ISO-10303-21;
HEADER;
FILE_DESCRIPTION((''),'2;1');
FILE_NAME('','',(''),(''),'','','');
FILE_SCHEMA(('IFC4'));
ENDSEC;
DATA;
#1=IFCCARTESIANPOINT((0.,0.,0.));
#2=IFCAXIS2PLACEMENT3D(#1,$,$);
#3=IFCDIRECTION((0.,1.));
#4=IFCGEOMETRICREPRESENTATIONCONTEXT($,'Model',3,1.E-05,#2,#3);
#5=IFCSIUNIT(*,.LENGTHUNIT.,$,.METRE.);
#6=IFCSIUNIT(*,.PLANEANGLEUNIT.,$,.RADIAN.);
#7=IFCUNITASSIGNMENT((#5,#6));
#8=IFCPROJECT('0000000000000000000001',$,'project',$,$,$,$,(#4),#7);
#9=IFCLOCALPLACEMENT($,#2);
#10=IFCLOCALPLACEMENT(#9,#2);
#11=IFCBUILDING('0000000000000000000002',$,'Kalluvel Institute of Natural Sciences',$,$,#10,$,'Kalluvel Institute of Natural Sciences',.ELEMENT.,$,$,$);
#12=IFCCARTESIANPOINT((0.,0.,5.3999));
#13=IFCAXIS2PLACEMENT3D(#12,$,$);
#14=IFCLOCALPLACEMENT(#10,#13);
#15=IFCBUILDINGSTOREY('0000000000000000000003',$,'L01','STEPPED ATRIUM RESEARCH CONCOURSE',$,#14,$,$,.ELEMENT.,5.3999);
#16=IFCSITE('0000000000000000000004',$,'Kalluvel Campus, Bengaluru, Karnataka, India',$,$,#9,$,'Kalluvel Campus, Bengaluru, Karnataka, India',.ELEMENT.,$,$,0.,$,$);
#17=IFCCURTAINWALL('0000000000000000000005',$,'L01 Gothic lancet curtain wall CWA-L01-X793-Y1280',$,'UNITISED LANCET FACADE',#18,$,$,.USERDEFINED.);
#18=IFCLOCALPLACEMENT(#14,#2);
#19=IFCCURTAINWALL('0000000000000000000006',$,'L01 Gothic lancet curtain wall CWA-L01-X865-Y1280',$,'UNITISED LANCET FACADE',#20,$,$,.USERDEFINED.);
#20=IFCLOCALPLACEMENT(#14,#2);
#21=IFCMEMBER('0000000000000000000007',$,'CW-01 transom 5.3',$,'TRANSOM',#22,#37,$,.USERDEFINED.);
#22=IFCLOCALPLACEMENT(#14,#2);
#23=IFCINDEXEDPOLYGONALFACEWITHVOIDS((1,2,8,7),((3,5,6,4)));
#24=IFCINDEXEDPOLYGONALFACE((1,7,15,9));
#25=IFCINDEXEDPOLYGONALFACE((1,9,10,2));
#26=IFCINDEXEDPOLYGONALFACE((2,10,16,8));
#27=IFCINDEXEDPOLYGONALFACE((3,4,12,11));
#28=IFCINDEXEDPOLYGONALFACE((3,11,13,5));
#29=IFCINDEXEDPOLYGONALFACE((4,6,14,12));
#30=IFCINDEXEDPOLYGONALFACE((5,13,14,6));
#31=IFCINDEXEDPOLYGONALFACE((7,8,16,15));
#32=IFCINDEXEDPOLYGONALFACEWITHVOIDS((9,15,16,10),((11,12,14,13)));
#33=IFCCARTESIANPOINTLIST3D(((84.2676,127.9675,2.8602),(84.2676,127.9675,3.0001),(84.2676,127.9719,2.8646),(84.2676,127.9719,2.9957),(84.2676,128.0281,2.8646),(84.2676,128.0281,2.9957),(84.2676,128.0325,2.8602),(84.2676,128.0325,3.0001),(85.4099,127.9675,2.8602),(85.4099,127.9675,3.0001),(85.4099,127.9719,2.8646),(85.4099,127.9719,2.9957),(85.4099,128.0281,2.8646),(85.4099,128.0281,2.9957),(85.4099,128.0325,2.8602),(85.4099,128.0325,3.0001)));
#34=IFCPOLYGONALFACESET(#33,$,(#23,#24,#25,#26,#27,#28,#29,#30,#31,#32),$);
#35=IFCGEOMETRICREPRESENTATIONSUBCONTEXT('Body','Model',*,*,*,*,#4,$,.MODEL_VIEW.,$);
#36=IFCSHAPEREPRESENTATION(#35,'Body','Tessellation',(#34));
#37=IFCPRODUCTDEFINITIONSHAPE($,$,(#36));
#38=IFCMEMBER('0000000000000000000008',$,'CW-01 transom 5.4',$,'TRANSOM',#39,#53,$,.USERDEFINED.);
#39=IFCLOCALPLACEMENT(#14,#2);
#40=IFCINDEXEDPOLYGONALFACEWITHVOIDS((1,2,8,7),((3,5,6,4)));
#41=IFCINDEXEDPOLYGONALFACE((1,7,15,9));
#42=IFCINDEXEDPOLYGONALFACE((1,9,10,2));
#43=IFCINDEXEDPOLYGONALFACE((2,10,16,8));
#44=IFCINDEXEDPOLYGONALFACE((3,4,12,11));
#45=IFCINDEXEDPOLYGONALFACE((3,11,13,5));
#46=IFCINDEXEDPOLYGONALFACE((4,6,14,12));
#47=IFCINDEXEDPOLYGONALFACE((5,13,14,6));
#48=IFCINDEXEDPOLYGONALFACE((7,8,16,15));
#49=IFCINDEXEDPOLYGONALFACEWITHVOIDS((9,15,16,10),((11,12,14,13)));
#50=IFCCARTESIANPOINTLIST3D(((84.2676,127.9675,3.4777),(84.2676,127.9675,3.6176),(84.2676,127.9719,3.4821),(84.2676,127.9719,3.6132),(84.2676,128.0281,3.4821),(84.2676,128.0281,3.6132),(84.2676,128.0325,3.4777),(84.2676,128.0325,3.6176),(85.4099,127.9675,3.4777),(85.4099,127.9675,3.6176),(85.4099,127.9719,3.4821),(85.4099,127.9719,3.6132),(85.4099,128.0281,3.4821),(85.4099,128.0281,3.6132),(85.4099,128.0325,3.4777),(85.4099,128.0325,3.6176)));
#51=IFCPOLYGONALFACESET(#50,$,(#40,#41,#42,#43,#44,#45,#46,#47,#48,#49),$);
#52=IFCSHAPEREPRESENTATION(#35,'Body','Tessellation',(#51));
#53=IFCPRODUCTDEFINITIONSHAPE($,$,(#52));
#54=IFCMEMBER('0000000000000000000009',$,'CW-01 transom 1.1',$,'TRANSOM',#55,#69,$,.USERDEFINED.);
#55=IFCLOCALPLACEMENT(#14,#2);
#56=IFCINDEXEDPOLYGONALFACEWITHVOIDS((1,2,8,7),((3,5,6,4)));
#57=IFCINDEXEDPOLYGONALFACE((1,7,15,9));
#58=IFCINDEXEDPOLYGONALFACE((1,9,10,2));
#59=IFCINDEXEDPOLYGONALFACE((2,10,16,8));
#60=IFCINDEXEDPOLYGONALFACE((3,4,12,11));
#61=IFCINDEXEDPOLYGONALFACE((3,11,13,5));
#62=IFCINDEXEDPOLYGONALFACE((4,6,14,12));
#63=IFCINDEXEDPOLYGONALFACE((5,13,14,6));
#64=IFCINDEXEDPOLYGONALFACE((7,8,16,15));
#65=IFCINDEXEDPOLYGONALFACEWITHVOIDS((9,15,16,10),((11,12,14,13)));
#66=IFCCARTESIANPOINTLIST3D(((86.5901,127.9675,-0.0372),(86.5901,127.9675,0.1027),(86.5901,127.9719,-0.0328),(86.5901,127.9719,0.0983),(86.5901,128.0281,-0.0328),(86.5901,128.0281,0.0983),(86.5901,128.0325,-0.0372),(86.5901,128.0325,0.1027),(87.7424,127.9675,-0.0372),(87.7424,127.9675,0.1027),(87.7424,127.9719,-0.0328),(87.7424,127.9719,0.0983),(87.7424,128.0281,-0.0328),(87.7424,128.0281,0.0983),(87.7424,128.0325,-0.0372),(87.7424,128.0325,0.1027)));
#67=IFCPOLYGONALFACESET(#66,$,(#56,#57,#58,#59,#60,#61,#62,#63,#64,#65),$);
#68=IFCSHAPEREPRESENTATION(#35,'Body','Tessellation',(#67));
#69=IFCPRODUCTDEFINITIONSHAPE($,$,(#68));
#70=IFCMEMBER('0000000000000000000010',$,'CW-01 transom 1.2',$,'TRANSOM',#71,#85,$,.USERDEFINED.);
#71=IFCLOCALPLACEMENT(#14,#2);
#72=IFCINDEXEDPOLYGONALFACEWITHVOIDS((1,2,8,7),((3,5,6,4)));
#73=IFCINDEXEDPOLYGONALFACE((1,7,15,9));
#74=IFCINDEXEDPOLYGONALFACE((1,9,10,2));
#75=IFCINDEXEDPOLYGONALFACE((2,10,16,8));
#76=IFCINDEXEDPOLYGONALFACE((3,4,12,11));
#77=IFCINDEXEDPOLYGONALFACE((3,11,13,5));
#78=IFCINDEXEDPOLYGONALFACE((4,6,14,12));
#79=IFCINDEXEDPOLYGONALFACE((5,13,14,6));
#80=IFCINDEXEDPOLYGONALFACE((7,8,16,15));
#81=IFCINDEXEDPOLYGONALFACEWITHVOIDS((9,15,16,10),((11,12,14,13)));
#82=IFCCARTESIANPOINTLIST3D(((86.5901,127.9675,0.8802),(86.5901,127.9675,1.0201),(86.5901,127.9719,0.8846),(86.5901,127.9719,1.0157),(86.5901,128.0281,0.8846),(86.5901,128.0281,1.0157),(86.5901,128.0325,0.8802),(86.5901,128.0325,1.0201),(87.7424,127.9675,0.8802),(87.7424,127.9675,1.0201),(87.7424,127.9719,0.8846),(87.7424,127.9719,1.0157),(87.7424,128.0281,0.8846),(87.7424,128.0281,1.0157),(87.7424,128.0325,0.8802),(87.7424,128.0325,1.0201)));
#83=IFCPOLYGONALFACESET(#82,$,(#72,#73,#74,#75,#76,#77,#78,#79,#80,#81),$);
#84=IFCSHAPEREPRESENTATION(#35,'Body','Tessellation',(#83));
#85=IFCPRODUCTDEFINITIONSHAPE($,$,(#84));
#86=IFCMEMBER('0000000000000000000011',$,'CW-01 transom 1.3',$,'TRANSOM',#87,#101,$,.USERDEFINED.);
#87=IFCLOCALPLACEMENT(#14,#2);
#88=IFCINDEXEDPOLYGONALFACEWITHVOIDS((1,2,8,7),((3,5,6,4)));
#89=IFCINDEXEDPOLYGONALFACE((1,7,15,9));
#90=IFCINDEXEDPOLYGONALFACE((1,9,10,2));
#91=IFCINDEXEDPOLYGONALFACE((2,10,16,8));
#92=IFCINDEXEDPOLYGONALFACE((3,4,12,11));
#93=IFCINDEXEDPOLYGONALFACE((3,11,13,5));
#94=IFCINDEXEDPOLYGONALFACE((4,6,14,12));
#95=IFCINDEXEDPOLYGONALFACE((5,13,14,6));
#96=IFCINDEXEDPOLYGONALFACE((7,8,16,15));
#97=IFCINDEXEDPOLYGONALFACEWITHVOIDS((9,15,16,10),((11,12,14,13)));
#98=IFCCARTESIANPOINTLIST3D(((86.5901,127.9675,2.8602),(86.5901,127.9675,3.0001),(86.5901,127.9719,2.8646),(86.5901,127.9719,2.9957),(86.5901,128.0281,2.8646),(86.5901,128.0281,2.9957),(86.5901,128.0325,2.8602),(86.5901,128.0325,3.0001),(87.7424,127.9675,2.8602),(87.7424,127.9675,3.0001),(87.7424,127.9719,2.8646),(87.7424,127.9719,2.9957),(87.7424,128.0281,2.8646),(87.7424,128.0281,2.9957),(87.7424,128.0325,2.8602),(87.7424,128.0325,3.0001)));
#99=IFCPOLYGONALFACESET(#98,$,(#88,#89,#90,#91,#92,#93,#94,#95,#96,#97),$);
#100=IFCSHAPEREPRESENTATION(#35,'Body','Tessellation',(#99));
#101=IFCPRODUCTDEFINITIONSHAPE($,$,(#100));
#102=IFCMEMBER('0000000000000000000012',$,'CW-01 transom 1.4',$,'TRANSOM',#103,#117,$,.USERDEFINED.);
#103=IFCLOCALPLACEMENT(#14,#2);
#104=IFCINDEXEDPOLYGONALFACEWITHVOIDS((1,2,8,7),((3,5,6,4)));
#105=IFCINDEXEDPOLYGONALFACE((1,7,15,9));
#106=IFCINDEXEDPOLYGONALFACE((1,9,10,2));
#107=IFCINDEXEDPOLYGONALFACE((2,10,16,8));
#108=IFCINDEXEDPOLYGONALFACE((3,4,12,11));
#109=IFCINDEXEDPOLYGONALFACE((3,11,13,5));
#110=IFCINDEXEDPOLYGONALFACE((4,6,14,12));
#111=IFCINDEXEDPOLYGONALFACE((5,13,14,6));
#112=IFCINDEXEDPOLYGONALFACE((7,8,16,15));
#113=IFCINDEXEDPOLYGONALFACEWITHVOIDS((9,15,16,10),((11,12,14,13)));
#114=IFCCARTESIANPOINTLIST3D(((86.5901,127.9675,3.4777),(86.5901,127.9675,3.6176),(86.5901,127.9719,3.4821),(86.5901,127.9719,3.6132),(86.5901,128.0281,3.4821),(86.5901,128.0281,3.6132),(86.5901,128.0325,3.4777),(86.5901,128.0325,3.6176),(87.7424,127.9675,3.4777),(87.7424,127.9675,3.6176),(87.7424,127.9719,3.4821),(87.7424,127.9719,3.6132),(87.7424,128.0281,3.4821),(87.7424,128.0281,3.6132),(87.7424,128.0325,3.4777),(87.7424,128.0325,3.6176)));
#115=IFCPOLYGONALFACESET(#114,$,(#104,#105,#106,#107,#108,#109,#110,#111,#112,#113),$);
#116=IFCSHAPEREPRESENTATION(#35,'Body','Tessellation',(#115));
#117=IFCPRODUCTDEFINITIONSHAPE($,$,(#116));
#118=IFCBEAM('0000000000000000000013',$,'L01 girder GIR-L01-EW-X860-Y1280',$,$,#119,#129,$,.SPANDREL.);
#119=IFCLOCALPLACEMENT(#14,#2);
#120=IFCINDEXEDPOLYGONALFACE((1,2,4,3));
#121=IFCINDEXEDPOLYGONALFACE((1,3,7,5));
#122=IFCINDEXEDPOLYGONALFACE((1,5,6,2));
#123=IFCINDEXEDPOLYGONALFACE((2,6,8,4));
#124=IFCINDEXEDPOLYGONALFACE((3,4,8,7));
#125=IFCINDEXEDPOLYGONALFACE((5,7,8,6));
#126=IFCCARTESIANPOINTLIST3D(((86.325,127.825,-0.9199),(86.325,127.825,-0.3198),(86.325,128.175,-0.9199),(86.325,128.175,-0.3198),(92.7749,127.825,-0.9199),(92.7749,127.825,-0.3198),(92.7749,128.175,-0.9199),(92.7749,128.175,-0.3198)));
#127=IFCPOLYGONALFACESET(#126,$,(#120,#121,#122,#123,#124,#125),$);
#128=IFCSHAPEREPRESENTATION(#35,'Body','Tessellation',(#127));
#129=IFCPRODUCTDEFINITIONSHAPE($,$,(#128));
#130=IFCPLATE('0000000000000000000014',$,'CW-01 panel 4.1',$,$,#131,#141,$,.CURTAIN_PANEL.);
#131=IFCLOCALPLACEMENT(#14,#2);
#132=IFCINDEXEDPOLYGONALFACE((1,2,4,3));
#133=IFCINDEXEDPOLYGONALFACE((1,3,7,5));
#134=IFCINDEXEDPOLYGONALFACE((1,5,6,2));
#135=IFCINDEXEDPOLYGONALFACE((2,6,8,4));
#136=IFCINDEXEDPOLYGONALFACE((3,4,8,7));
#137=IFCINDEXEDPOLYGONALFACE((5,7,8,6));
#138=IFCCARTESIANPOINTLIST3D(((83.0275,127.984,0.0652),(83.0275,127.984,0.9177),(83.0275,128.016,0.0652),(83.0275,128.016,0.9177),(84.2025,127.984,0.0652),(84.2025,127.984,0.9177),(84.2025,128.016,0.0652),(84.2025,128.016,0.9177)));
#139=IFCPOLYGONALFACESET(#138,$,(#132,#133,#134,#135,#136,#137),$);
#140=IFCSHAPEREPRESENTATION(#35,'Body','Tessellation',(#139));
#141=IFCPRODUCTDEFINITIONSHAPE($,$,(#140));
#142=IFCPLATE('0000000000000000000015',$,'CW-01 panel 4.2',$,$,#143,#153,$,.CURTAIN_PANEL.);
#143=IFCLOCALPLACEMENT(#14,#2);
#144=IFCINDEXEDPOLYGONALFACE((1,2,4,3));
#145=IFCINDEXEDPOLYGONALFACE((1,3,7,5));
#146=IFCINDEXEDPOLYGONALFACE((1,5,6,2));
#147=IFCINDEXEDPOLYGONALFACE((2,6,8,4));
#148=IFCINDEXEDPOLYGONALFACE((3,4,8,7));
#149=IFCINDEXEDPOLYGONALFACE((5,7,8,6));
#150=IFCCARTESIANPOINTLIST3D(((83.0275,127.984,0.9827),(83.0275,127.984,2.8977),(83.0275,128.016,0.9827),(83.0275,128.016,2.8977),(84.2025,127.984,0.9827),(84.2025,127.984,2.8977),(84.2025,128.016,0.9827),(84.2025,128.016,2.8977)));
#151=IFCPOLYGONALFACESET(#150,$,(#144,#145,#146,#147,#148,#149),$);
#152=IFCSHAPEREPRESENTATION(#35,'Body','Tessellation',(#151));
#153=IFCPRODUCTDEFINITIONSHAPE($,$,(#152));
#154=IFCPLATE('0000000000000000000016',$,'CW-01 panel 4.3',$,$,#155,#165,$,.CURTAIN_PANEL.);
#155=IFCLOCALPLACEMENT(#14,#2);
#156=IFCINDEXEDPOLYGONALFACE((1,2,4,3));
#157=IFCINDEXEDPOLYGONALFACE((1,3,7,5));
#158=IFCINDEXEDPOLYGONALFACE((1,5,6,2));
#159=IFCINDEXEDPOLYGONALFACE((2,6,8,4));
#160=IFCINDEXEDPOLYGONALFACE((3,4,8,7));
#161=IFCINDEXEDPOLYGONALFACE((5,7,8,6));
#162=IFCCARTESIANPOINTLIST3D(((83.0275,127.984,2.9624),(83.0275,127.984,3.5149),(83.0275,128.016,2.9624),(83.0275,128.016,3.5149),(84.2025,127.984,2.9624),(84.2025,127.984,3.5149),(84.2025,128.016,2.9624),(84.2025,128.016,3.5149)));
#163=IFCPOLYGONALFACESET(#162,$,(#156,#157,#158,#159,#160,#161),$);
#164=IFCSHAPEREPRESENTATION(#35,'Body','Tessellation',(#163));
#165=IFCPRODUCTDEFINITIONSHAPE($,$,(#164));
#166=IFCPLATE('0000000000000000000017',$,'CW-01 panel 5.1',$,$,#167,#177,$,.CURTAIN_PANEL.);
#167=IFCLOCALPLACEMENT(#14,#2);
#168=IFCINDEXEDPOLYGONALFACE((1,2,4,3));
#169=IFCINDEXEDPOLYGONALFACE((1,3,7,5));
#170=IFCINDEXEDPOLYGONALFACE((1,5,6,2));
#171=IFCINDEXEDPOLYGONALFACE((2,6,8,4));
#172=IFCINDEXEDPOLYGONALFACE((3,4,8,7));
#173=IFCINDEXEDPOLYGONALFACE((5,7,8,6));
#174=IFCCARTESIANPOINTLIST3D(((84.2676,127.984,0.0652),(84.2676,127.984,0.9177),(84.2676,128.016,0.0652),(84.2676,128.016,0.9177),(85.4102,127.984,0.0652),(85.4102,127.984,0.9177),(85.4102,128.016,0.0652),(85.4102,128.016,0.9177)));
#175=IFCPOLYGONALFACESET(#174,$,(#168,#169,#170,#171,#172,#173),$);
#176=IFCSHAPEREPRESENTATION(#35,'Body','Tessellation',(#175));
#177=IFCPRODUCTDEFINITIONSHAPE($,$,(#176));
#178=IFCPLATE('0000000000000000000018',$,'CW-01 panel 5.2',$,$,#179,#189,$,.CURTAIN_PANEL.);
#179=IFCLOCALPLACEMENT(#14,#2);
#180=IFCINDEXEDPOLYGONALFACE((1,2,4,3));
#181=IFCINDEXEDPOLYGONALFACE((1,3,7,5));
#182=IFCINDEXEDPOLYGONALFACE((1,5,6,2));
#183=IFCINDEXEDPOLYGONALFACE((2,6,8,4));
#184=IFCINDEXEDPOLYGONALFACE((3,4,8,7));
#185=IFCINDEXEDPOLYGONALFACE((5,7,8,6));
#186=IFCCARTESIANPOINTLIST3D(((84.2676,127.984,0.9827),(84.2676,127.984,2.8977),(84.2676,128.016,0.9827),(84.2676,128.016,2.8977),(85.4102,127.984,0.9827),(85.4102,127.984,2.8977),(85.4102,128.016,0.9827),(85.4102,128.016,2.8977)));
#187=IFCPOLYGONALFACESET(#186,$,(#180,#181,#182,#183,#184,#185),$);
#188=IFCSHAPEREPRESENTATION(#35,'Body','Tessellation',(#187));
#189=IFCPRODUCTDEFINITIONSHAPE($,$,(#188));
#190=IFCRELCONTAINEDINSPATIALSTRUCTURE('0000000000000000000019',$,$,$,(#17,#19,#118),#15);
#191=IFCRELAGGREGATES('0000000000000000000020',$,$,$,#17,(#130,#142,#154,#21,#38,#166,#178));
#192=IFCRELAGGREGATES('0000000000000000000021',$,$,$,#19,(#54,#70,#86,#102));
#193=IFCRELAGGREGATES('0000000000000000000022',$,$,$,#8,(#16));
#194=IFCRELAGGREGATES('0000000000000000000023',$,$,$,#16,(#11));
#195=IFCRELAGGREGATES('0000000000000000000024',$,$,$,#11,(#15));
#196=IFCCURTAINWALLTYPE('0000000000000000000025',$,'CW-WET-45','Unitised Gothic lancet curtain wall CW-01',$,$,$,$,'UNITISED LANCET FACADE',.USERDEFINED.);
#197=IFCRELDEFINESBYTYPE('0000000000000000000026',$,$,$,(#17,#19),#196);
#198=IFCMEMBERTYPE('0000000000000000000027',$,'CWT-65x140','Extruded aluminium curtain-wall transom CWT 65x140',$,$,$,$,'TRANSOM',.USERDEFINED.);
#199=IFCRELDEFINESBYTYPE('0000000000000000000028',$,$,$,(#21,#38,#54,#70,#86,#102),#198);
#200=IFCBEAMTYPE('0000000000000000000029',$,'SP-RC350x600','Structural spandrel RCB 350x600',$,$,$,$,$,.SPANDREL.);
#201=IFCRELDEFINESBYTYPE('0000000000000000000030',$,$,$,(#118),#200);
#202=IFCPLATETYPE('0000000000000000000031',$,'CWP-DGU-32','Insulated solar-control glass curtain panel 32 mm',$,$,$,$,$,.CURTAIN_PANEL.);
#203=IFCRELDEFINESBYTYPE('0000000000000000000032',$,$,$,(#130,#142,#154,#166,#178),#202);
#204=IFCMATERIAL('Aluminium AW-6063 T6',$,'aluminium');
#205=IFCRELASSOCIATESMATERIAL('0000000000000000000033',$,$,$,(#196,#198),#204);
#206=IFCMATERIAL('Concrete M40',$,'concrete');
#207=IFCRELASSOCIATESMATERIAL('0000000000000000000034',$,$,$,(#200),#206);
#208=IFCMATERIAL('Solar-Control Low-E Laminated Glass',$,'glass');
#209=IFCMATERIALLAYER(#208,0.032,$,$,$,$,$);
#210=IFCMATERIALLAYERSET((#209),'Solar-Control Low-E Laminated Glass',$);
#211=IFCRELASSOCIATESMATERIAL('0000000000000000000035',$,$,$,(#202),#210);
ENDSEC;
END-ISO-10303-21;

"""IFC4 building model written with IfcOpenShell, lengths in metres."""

from ifc_helpers import new_model, si_unit, direction, frame, origin, origin_2d, place, context, subcontext, project, spatial, rectangle, hollow_rectangle, extrude, material, layer, layer_set, material_profile, profile_set, type_object, element, aggregate, save


model = new_model("IFC4")

# Units and contexts
model_context = context("Model", 3, precision=1e-05, world=origin(), true_north=direction((0.0, 1.0)))
body_context = subcontext(model_context, "Body", "Model", "MODEL_VIEW")
ifc_project = project(units=[si_unit("LENGTHUNIT", "METRE"), si_unit("PLANEANGLEUNIT", "RADIAN")], contexts=[model_context])

# Site, building, storey
site_placement = place(None, origin())
site = spatial("IfcSite", under=ifc_project, at=site_placement, Name="Kalluvel Campus, Bengaluru, Karnataka, India", LongName="Kalluvel Campus, Bengaluru, Karnataka, India", CompositionType="ELEMENT", RefElevation=0.0)
building_placement = place(site_placement, origin())
building = spatial("IfcBuilding", under=site, at=building_placement, Name="Kalluvel Institute of Natural Sciences", LongName="Kalluvel Institute of Natural Sciences", CompositionType="ELEMENT")
storey_placement = place(building_placement, frame((0.0, 0.0, 5.3999)))
storey = spatial("IfcBuildingStorey", under=building, at=storey_placement, Name="L01", Description="STEPPED ATRIUM RESEARCH CONCOURSE", CompositionType="ELEMENT", Elevation=5.3999)

# Curtain wall
ifc_material_1 = material(Name="Aluminium AW-6063 T6", Category="aluminium")
curtain_wall_type = type_object("IfcCurtainWallType", Name="CW-WET-45", Description="Unitised Gothic lancet curtain wall CW-01", ElementType="UNITISED LANCET FACADE", PredefinedType="USERDEFINED", material=ifc_material_1)
curtain_wall_1_placement = place(storey_placement, origin())
curtain_wall_1 = element("IfcCurtainWall", 1, at=curtain_wall_1_placement, inside=storey, type_object=curtain_wall_type, Name="L01 Gothic lancet curtain wall CWA-L01-X793-Y1280", ObjectType="UNITISED LANCET FACADE", PredefinedType="USERDEFINED")

# Curtain wall
curtain_wall_2_placement = place(storey_placement, origin())
curtain_wall_2 = element("IfcCurtainWall", 2, at=curtain_wall_2_placement, inside=storey, type_object=curtain_wall_type, Name="L01 Gothic lancet curtain wall CWA-L01-X865-Y1280", ObjectType="UNITISED LANCET FACADE", PredefinedType="USERDEFINED")

# Members
ifc_material_profile_1 = material_profile(ifc_material_1, hollow_rectangle(XDim=0.0649, YDim=0.1399, WallThickness=0.0044, at=origin_2d()), Name="CWT 65x140")
ifc_profile_set_1 = profile_set([ifc_material_profile_1], Name="Aluminium AW-6063 T6")
member_type_1 = type_object("IfcMemberType", Name="CWT-65x140", Description="Extruded aluminium curtain-wall transom CWT 65x140", ElementType="TRANSOM", PredefinedType="USERDEFINED", material=ifc_profile_set_1)
member_1_placement = place(storey_placement, frame((84.2676, 128.0, 2.9302), z_axis=(1.0, 0.0, 0.0), x_axis=(0.0, 1.0, 0.0)))
member_1 = element("IfcMember", 3, at=member_1_placement, type_object=member_type_1, Name="CW-01 transom 5.3", ObjectType="TRANSOM", PredefinedType="USERDEFINED", context=body_context, shape_type="SweptSolid", body=[
    extrude(hollow_rectangle(XDim=0.0649, YDim=0.1399, WallThickness=0.0044, at=origin_2d()), origin(), (0.0, 0.0, 1.0), 1.1423),
])
member_2_placement = place(storey_placement, frame((84.2676, 128.0, 3.5476), z_axis=(1.0, 0.0, 0.0), x_axis=(0.0, 1.0, 0.0)))
member_2 = element("IfcMember", 4, at=member_2_placement, type_object=member_type_1, Name="CW-01 transom 5.4", ObjectType="TRANSOM", PredefinedType="USERDEFINED", context=body_context, shape_type="SweptSolid", body=[
    extrude(hollow_rectangle(XDim=0.0649, YDim=0.1399, WallThickness=0.0044, at=origin_2d()), origin(), (0.0, 0.0, 1.0), 1.1423),
])
member_3_placement = place(storey_placement, frame((86.5901, 128.0, 0.0327), z_axis=(1.0, 0.0, 0.0), x_axis=(0.0, 1.0, 0.0)))
member_3 = element("IfcMember", 5, at=member_3_placement, type_object=member_type_1, Name="CW-01 transom 1.1", ObjectType="TRANSOM", PredefinedType="USERDEFINED", context=body_context, shape_type="SweptSolid", body=[
    extrude(hollow_rectangle(XDim=0.0649, YDim=0.1399, WallThickness=0.0044, at=origin_2d()), origin(), (0.0, 0.0, 1.0), 1.1523),
])
member_4_placement = place(storey_placement, frame((86.5901, 128.0, 0.9502), z_axis=(1.0, 0.0, 0.0), x_axis=(0.0, 1.0, 0.0)))
member_4 = element("IfcMember", 6, at=member_4_placement, type_object=member_type_1, Name="CW-01 transom 1.2", ObjectType="TRANSOM", PredefinedType="USERDEFINED", context=body_context, shape_type="SweptSolid", body=[
    extrude(hollow_rectangle(XDim=0.0649, YDim=0.1399, WallThickness=0.0044, at=origin_2d()), origin(), (0.0, 0.0, 1.0), 1.1523),
])
member_5_placement = place(storey_placement, frame((86.5901, 128.0, 2.9302), z_axis=(1.0, 0.0, 0.0), x_axis=(0.0, 1.0, 0.0)))
member_5 = element("IfcMember", 7, at=member_5_placement, type_object=member_type_1, Name="CW-01 transom 1.3", ObjectType="TRANSOM", PredefinedType="USERDEFINED", context=body_context, shape_type="SweptSolid", body=[
    extrude(hollow_rectangle(XDim=0.0649, YDim=0.1399, WallThickness=0.0044, at=origin_2d()), origin(), (0.0, 0.0, 1.0), 1.1523),
])
member_6_placement = place(storey_placement, frame((86.5901, 128.0, 3.5476), z_axis=(1.0, 0.0, 0.0), x_axis=(0.0, 1.0, 0.0)))
member_6 = element("IfcMember", 8, at=member_6_placement, type_object=member_type_1, Name="CW-01 transom 1.4", ObjectType="TRANSOM", PredefinedType="USERDEFINED", context=body_context, shape_type="SweptSolid", body=[
    extrude(hollow_rectangle(XDim=0.0649, YDim=0.1399, WallThickness=0.0044, at=origin_2d()), origin(), (0.0, 0.0, 1.0), 1.1523),
])

# Beam
ifc_material_2 = material(Name="Concrete M40", Category="concrete")
ifc_material_profile_2 = material_profile(ifc_material_2, rectangle(XDim=0.3501, YDim=0.6001, at=origin_2d()), Name="RCB 350x600")
ifc_profile_set_2 = profile_set([ifc_material_profile_2], Name="Concrete M40")
beam_type = type_object("IfcBeamType", Name="SP-RC350x600", Description="Structural spandrel RCB 350x600", PredefinedType="SPANDREL", material=ifc_profile_set_2)
beam_placement = place(storey_placement, frame((86.325, 128.0, -0.6199), z_axis=(1.0, 0.0, 0.0), x_axis=(0.0, 1.0, 0.0)))
element("IfcBeam", 9, at=beam_placement, inside=storey, type_object=beam_type, Name="L01 girder GIR-L01-EW-X860-Y1280", PredefinedType="SPANDREL", context=body_context, shape_type="SweptSolid", body=[
    extrude(rectangle(XDim=0.3501, YDim=0.6001, at=origin_2d()), origin(), (0.0, 0.0, 1.0), 6.45),
])

# Plates
ifc_material_3 = material(Name="Solar-Control Low-E Laminated Glass", Category="glass")
ifc_layer = layer(ifc_material_3, 0.032)
ifc_layer_set = layer_set([ifc_layer], Name="Solar-Control Low-E Laminated Glass")
plate_type = type_object("IfcPlateType", Name="CWP-DGU-32", Description="Insulated solar-control glass curtain panel 32 mm", PredefinedType="CURTAIN_PANEL", material=ifc_layer_set)
plate_1_placement = place(storey_placement, frame((83.615, 128.0, 0.0652), z_axis=(0.0, 0.0, 1.0), x_axis=(1.0, 0.0, 0.0)))
plate_1 = element("IfcPlate", 10, at=plate_1_placement, type_object=plate_type, Name="CW-01 panel 4.1", PredefinedType="CURTAIN_PANEL", context=body_context, shape_type="SweptSolid", body=[
    extrude(rectangle(XDim=1.175, YDim=0.032, at=origin_2d()), origin(), (0.0, 0.0, 1.0), 0.8525),
])
plate_2_placement = place(storey_placement, frame((83.615, 128.0, 0.9827), z_axis=(0.0, 0.0, 1.0), x_axis=(1.0, 0.0, 0.0)))
plate_2 = element("IfcPlate", 11, at=plate_2_placement, type_object=plate_type, Name="CW-01 panel 4.2", PredefinedType="CURTAIN_PANEL", context=body_context, shape_type="SweptSolid", body=[
    extrude(rectangle(XDim=1.175, YDim=0.032, at=origin_2d()), origin(), (0.0, 0.0, 1.0), 1.915),
])
plate_3_placement = place(storey_placement, frame((83.615, 128.0, 2.9624), z_axis=(0.0, 0.0, 1.0), x_axis=(1.0, 0.0, 0.0)))
plate_3 = element("IfcPlate", 12, at=plate_3_placement, type_object=plate_type, Name="CW-01 panel 4.3", PredefinedType="CURTAIN_PANEL", context=body_context, shape_type="SweptSolid", body=[
    extrude(rectangle(XDim=1.175, YDim=0.032, at=origin_2d()), origin(), (0.0, 0.0, 1.0), 0.5525),
])
plate_4_placement = place(storey_placement, frame((84.8389, 128.0, 0.0652), z_axis=(0.0, 0.0, 1.0), x_axis=(1.0, 0.0, 0.0)))
plate_4 = element("IfcPlate", 13, at=plate_4_placement, type_object=plate_type, Name="CW-01 panel 5.1", PredefinedType="CURTAIN_PANEL", context=body_context, shape_type="SweptSolid", body=[
    extrude(rectangle(XDim=1.1426, YDim=0.032, at=origin_2d()), origin(), (0.0, 0.0, 1.0), 0.8525),
])
plate_5_placement = place(storey_placement, frame((84.8389, 128.0, 0.9827), z_axis=(0.0, 0.0, 1.0), x_axis=(1.0, 0.0, 0.0)))
plate_5 = element("IfcPlate", 14, at=plate_5_placement, type_object=plate_type, Name="CW-01 panel 5.2", PredefinedType="CURTAIN_PANEL", context=body_context, shape_type="SweptSolid", body=[
    extrude(rectangle(XDim=1.1426, YDim=0.032, at=origin_2d()), origin(), (0.0, 0.0, 1.0), 1.915),
])
aggregate(curtain_wall_1, [plate_1, plate_2, plate_3, member_1, member_2, plate_4, plate_5])
aggregate(curtain_wall_2, [member_3, member_4, member_5, member_6])

save(model, "model.ifc")
